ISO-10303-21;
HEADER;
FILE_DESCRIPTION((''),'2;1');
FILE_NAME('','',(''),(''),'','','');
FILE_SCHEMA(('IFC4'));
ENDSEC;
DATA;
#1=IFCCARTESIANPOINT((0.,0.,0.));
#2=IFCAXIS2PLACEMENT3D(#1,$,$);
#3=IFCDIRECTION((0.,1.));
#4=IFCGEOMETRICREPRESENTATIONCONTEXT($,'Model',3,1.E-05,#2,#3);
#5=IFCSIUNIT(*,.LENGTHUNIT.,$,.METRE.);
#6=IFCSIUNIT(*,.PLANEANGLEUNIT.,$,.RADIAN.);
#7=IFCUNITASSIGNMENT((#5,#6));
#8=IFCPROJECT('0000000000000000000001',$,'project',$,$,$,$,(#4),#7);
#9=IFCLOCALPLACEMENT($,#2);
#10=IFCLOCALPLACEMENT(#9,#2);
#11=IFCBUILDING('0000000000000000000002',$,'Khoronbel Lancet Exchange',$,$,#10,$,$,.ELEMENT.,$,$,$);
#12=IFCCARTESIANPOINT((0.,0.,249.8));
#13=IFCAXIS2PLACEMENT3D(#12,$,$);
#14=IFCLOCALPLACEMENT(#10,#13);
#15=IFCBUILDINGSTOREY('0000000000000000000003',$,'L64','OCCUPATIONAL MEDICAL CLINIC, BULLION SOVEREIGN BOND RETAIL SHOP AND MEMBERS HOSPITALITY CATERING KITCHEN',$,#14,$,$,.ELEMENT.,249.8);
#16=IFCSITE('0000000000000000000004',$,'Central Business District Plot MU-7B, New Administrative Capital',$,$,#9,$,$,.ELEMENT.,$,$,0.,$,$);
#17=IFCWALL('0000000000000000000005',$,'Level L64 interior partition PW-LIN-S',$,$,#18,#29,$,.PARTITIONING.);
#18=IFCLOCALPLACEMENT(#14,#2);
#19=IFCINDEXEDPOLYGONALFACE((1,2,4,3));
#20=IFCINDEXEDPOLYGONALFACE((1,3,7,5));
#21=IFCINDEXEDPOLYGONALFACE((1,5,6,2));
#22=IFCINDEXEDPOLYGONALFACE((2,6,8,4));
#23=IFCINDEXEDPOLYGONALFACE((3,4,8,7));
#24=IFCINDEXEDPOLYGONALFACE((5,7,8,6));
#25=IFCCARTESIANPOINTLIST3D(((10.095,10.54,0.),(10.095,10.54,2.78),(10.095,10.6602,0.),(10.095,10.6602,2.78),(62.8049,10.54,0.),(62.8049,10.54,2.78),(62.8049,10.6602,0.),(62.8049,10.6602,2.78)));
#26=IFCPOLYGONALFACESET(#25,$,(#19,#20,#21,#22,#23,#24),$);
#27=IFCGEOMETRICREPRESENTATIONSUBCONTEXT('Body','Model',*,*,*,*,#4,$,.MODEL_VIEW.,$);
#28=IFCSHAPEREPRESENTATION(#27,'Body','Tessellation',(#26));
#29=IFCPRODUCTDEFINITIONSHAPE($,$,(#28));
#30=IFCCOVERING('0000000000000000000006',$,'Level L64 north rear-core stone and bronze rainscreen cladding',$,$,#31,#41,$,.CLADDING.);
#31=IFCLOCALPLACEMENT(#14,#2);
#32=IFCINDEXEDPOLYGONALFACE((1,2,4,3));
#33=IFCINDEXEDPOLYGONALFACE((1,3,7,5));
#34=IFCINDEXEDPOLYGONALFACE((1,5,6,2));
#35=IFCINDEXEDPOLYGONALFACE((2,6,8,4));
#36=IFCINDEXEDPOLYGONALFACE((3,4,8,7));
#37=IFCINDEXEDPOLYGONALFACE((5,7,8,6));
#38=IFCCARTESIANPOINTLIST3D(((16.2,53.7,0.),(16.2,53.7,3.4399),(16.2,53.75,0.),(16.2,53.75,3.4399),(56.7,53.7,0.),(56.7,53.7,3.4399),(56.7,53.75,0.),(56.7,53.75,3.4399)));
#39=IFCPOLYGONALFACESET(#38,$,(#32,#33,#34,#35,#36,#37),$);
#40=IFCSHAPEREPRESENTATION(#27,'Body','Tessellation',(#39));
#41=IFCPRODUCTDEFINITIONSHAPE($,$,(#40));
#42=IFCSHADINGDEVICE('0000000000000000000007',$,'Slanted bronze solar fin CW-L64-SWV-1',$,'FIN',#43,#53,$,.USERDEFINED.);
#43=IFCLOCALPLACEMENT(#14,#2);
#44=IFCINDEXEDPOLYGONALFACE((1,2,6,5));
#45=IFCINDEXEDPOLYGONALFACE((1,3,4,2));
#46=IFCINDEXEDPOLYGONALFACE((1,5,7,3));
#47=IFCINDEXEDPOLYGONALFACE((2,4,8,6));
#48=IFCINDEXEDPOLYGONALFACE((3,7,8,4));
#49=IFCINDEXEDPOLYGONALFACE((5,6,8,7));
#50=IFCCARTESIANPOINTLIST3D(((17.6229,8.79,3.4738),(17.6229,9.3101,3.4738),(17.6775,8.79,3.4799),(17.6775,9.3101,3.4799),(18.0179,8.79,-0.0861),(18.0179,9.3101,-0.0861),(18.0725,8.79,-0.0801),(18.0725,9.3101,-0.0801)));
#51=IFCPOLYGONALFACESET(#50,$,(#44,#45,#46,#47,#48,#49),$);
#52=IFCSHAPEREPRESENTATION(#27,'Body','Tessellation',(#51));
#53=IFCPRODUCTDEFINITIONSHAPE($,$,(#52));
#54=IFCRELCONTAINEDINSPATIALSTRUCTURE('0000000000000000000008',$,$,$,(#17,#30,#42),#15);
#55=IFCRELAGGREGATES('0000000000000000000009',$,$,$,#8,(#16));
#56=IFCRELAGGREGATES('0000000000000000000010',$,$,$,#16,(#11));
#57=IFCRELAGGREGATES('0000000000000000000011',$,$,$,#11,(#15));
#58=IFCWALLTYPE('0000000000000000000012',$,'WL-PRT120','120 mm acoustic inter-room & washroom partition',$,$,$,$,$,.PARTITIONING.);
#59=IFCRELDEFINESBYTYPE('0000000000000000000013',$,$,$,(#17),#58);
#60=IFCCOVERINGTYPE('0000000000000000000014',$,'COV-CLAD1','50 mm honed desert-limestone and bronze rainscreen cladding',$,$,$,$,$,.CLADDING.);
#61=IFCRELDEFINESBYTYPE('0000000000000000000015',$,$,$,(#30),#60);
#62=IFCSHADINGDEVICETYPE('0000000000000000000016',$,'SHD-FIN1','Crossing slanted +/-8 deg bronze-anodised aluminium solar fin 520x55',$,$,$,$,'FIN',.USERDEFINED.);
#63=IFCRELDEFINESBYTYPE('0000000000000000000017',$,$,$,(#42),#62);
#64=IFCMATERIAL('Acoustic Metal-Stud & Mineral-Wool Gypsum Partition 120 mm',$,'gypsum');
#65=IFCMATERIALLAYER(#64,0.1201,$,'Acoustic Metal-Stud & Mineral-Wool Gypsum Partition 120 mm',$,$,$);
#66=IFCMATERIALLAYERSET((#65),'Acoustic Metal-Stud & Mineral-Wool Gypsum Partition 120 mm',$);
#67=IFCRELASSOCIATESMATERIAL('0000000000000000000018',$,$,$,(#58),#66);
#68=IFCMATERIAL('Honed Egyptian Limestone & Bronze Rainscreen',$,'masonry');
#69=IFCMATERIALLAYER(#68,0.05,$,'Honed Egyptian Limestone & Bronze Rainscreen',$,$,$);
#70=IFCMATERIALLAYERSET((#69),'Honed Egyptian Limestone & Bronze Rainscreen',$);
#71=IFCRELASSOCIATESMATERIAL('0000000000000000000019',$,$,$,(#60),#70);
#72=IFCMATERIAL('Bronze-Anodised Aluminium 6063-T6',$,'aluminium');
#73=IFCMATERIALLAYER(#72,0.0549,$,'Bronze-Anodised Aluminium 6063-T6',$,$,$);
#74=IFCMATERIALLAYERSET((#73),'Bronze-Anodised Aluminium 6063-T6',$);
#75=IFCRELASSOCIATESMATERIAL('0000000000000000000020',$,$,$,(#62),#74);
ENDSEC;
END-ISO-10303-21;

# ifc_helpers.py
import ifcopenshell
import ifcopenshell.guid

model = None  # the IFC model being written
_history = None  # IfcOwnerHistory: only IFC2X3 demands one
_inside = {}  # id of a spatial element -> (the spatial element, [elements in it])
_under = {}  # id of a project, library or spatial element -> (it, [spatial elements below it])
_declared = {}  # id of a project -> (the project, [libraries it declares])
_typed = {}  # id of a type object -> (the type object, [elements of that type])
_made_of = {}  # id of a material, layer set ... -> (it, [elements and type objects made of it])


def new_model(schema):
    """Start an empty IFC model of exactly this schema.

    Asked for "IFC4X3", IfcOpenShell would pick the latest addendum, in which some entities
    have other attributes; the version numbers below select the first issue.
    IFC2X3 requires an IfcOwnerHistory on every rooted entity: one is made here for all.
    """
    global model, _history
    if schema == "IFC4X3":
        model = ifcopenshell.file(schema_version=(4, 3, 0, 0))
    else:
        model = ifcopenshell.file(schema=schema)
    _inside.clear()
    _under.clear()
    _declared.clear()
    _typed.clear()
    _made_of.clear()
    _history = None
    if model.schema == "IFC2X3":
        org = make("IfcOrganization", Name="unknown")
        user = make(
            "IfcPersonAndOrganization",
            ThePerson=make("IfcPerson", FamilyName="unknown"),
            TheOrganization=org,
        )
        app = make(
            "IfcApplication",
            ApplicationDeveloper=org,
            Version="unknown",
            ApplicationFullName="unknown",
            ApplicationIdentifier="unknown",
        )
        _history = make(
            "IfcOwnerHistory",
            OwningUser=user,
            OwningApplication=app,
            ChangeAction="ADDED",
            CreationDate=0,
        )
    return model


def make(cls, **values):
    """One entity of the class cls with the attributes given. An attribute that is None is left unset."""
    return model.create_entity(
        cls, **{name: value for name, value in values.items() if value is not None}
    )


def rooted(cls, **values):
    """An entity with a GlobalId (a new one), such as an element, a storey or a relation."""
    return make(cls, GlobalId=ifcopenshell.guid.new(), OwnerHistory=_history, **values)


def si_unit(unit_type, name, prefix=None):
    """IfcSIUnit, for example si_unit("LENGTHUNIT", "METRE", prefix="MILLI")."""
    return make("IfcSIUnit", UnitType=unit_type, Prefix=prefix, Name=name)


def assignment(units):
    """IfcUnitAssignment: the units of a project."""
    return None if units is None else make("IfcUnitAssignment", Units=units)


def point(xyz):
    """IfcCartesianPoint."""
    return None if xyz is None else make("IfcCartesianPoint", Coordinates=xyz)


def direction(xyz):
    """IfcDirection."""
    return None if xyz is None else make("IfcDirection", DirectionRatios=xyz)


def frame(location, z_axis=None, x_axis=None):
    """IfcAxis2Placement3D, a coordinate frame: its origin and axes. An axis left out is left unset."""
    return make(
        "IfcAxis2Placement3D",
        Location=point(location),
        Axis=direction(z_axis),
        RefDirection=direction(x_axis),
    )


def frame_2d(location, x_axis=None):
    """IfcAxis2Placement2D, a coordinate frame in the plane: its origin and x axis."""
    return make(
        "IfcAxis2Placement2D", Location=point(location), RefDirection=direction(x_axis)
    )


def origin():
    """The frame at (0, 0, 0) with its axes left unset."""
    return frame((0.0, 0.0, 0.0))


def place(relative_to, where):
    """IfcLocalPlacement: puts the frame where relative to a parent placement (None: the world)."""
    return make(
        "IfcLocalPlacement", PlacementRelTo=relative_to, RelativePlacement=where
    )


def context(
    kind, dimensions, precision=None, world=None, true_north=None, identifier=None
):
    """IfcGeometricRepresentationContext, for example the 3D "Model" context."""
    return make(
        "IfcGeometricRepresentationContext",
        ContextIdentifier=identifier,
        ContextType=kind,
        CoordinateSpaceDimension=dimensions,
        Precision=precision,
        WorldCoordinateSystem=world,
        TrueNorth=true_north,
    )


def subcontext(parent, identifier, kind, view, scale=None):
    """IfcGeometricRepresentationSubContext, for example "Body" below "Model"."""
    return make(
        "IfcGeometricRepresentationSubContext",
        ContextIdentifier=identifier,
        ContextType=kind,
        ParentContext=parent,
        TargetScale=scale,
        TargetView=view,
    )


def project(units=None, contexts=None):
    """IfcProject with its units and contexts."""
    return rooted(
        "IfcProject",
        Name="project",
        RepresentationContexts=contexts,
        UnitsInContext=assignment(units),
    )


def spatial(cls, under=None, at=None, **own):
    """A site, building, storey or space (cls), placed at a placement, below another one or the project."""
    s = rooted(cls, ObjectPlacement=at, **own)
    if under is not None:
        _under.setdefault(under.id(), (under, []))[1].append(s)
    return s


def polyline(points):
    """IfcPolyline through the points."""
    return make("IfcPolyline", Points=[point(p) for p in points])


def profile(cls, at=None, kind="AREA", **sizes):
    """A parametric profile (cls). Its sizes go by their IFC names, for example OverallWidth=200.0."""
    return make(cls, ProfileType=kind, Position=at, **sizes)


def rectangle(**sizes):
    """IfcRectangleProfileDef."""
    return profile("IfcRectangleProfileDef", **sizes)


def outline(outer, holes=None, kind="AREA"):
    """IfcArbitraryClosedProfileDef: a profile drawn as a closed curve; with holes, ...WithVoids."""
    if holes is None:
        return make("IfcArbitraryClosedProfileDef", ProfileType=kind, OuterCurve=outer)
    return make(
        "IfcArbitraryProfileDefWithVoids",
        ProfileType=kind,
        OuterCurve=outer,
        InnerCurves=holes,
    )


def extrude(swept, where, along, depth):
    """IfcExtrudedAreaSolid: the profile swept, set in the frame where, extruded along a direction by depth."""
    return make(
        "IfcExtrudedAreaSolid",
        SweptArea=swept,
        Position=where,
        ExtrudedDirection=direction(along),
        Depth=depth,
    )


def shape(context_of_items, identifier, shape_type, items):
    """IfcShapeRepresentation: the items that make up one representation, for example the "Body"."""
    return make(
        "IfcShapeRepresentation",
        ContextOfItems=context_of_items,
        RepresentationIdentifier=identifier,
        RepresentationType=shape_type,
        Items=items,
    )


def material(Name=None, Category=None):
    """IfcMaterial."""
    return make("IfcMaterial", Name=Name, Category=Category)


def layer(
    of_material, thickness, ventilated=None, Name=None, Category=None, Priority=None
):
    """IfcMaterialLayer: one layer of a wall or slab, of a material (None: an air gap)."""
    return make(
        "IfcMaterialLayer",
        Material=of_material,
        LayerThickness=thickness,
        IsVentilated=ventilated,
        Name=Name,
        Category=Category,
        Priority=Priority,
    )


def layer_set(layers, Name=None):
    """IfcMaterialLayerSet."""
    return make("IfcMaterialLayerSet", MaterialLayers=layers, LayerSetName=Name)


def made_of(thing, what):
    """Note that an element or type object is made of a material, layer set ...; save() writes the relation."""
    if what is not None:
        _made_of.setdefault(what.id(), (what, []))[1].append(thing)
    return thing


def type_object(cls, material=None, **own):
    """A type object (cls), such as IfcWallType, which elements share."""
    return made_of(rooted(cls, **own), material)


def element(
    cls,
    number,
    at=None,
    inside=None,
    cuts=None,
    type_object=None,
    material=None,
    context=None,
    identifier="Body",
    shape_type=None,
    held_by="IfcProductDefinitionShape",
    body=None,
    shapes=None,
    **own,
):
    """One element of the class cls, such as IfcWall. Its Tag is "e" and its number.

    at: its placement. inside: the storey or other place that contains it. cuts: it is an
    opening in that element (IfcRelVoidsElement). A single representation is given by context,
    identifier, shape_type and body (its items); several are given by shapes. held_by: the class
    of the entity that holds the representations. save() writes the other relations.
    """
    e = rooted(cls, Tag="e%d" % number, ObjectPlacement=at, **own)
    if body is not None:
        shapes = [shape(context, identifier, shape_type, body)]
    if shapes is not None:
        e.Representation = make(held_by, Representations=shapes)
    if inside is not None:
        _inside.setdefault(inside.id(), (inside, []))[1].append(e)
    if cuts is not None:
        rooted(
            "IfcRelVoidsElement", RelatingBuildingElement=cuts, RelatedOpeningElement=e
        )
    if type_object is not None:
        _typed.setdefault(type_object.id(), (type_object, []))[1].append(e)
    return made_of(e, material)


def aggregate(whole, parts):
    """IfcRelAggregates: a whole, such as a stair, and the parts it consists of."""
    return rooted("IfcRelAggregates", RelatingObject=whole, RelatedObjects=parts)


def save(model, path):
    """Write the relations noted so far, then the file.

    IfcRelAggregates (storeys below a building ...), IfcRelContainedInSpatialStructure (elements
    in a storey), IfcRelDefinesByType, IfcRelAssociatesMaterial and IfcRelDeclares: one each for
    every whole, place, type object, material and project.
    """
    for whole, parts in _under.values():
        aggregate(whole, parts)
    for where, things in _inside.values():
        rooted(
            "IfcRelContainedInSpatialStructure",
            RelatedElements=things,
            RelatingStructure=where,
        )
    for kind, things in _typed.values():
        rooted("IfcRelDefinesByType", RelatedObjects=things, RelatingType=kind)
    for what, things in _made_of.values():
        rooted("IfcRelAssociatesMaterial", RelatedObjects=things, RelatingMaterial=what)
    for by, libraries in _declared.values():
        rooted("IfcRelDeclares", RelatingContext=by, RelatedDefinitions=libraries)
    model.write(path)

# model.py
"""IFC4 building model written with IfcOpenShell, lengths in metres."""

from ifc_helpers import new_model, si_unit, direction, frame, frame_2d, origin, place, context, subcontext, project, spatial, polyline, rectangle, outline, extrude, material, layer, layer_set, type_object, element, save


model = new_model("IFC4")

# Units and contexts
model_context = context("Model", 3, precision=1e-05, world=origin(), true_north=direction((0.0, 1.0)))
body_context = subcontext(model_context, "Body", "Model", "MODEL_VIEW")
ifc_project = project(units=[si_unit("LENGTHUNIT", "METRE"), si_unit("PLANEANGLEUNIT", "RADIAN")], contexts=[model_context])

# Site, building, storey
site_placement = place(None, origin())
site = spatial("IfcSite", under=ifc_project, at=site_placement, Name="Central Business District Plot MU-7B, New Administrative Capital", CompositionType="ELEMENT", RefElevation=0.0)
building_placement = place(site_placement, origin())
building = spatial("IfcBuilding", under=site, at=building_placement, Name="Khoronbel Lancet Exchange", CompositionType="ELEMENT")
storey_placement = place(building_placement, frame((0.0, 0.0, 249.8)))
storey = spatial("IfcBuildingStorey", under=building, at=storey_placement, Name="L64", Description="OCCUPATIONAL MEDICAL CLINIC, BULLION SOVEREIGN BOND RETAIL SHOP AND MEMBERS HOSPITALITY CATERING KITCHEN", CompositionType="ELEMENT", Elevation=249.8)

# Shared definitions
ifc_material_1 = material(Name="Bronze-Anodised Aluminium 6063-T6", Category="aluminium")

# Wall
ifc_material_2 = material(Name="Acoustic Metal-Stud & Mineral-Wool Gypsum Partition 120 mm", Category="gypsum")
ifc_layer_1 = layer(ifc_material_2, 0.1201, Name="Acoustic Metal-Stud & Mineral-Wool Gypsum Partition 120 mm")
ifc_layer_set_1 = layer_set([ifc_layer_1], Name="Acoustic Metal-Stud & Mineral-Wool Gypsum Partition 120 mm")
wall_type_1 = type_object("IfcWallType", Name="WL-PRT120", Description="120 mm acoustic inter-room & washroom partition", PredefinedType="PARTITIONING", material=ifc_layer_set_1)
wall_1_placement = place(storey_placement, frame((10.095, 10.6001, 0.0), z_axis=(0.0, 0.0, 1.0), x_axis=(1.0, 0.0, 0.0)))
element("IfcWall", 1, at=wall_1_placement, inside=storey, type_object=wall_type_1, Name="Level L64 interior partition PW-LIN-S", PredefinedType="PARTITIONING", context=body_context, shape_type="SweptSolid", body=[
    extrude(rectangle(XDim=52.71, YDim=0.1201, at=frame_2d((26.355, 0.0))), origin(), (0.0, 0.0, 1.0), 2.78),
])

# Covering
ifc_material_3 = material(Name="Honed Egyptian Limestone & Bronze Rainscreen", Category="masonry")
ifc_layer_2 = layer(ifc_material_3, 0.05, Name="Honed Egyptian Limestone & Bronze Rainscreen")
ifc_layer_set_2 = layer_set([ifc_layer_2], Name="Honed Egyptian Limestone & Bronze Rainscreen")
covering_type = type_object("IfcCoveringType", Name="COV-CLAD1", Description="50 mm honed desert-limestone and bronze rainscreen cladding", PredefinedType="CLADDING", material=ifc_layer_set_2)
covering_placement = place(storey_placement, origin())
element("IfcCovering", 2, at=covering_placement, inside=storey, type_object=covering_type, Name="Level L64 north rear-core stone and bronze rainscreen cladding", PredefinedType="CLADDING", context=body_context, shape_type="SweptSolid", body=[
    extrude(outline(polyline([(16.2, 53.7), (56.7, 53.7), (56.7, 53.75), (16.2, 53.75), (16.2, 53.7)])), origin(), (0.0, 0.0, 1.0), 3.4399),
])

# Shading device
ifc_layer_3 = layer(ifc_material_1, 0.0549, Name="Bronze-Anodised Aluminium 6063-T6")
ifc_layer_set_3 = layer_set([ifc_layer_3], Name="Bronze-Anodised Aluminium 6063-T6")
shading_device_type = type_object("IfcShadingDeviceType", Name="SHD-FIN1", Description="Crossing slanted +/-8 deg bronze-anodised aluminium solar fin 520x55", ElementType="FIN", PredefinedType="USERDEFINED", material=ifc_layer_set_3)
shading_device_placement = place(storey_placement, frame((18.0725, 9.3101, -0.0801), z_axis=(0.9939, 0.0, 0.110282), x_axis=(0.0, -1.0, 0.0)))
element("IfcShadingDevice", 3, at=shading_device_placement, inside=storey, type_object=shading_device_type, Name="Slanted bronze solar fin CW-L64-SWV-1", ObjectType="FIN", PredefinedType="USERDEFINED", context=body_context, shape_type="SweptSolid", body=[
    extrude(outline(polyline([(0.0, 0.0), (0.52, 0.0), (0.52, -3.5818), (0.0, -3.5818), (0.0, 0.0)])), origin(), (0.0, 0.0, -1.0), 0.0549),
])

save(model, "model.ifc")
